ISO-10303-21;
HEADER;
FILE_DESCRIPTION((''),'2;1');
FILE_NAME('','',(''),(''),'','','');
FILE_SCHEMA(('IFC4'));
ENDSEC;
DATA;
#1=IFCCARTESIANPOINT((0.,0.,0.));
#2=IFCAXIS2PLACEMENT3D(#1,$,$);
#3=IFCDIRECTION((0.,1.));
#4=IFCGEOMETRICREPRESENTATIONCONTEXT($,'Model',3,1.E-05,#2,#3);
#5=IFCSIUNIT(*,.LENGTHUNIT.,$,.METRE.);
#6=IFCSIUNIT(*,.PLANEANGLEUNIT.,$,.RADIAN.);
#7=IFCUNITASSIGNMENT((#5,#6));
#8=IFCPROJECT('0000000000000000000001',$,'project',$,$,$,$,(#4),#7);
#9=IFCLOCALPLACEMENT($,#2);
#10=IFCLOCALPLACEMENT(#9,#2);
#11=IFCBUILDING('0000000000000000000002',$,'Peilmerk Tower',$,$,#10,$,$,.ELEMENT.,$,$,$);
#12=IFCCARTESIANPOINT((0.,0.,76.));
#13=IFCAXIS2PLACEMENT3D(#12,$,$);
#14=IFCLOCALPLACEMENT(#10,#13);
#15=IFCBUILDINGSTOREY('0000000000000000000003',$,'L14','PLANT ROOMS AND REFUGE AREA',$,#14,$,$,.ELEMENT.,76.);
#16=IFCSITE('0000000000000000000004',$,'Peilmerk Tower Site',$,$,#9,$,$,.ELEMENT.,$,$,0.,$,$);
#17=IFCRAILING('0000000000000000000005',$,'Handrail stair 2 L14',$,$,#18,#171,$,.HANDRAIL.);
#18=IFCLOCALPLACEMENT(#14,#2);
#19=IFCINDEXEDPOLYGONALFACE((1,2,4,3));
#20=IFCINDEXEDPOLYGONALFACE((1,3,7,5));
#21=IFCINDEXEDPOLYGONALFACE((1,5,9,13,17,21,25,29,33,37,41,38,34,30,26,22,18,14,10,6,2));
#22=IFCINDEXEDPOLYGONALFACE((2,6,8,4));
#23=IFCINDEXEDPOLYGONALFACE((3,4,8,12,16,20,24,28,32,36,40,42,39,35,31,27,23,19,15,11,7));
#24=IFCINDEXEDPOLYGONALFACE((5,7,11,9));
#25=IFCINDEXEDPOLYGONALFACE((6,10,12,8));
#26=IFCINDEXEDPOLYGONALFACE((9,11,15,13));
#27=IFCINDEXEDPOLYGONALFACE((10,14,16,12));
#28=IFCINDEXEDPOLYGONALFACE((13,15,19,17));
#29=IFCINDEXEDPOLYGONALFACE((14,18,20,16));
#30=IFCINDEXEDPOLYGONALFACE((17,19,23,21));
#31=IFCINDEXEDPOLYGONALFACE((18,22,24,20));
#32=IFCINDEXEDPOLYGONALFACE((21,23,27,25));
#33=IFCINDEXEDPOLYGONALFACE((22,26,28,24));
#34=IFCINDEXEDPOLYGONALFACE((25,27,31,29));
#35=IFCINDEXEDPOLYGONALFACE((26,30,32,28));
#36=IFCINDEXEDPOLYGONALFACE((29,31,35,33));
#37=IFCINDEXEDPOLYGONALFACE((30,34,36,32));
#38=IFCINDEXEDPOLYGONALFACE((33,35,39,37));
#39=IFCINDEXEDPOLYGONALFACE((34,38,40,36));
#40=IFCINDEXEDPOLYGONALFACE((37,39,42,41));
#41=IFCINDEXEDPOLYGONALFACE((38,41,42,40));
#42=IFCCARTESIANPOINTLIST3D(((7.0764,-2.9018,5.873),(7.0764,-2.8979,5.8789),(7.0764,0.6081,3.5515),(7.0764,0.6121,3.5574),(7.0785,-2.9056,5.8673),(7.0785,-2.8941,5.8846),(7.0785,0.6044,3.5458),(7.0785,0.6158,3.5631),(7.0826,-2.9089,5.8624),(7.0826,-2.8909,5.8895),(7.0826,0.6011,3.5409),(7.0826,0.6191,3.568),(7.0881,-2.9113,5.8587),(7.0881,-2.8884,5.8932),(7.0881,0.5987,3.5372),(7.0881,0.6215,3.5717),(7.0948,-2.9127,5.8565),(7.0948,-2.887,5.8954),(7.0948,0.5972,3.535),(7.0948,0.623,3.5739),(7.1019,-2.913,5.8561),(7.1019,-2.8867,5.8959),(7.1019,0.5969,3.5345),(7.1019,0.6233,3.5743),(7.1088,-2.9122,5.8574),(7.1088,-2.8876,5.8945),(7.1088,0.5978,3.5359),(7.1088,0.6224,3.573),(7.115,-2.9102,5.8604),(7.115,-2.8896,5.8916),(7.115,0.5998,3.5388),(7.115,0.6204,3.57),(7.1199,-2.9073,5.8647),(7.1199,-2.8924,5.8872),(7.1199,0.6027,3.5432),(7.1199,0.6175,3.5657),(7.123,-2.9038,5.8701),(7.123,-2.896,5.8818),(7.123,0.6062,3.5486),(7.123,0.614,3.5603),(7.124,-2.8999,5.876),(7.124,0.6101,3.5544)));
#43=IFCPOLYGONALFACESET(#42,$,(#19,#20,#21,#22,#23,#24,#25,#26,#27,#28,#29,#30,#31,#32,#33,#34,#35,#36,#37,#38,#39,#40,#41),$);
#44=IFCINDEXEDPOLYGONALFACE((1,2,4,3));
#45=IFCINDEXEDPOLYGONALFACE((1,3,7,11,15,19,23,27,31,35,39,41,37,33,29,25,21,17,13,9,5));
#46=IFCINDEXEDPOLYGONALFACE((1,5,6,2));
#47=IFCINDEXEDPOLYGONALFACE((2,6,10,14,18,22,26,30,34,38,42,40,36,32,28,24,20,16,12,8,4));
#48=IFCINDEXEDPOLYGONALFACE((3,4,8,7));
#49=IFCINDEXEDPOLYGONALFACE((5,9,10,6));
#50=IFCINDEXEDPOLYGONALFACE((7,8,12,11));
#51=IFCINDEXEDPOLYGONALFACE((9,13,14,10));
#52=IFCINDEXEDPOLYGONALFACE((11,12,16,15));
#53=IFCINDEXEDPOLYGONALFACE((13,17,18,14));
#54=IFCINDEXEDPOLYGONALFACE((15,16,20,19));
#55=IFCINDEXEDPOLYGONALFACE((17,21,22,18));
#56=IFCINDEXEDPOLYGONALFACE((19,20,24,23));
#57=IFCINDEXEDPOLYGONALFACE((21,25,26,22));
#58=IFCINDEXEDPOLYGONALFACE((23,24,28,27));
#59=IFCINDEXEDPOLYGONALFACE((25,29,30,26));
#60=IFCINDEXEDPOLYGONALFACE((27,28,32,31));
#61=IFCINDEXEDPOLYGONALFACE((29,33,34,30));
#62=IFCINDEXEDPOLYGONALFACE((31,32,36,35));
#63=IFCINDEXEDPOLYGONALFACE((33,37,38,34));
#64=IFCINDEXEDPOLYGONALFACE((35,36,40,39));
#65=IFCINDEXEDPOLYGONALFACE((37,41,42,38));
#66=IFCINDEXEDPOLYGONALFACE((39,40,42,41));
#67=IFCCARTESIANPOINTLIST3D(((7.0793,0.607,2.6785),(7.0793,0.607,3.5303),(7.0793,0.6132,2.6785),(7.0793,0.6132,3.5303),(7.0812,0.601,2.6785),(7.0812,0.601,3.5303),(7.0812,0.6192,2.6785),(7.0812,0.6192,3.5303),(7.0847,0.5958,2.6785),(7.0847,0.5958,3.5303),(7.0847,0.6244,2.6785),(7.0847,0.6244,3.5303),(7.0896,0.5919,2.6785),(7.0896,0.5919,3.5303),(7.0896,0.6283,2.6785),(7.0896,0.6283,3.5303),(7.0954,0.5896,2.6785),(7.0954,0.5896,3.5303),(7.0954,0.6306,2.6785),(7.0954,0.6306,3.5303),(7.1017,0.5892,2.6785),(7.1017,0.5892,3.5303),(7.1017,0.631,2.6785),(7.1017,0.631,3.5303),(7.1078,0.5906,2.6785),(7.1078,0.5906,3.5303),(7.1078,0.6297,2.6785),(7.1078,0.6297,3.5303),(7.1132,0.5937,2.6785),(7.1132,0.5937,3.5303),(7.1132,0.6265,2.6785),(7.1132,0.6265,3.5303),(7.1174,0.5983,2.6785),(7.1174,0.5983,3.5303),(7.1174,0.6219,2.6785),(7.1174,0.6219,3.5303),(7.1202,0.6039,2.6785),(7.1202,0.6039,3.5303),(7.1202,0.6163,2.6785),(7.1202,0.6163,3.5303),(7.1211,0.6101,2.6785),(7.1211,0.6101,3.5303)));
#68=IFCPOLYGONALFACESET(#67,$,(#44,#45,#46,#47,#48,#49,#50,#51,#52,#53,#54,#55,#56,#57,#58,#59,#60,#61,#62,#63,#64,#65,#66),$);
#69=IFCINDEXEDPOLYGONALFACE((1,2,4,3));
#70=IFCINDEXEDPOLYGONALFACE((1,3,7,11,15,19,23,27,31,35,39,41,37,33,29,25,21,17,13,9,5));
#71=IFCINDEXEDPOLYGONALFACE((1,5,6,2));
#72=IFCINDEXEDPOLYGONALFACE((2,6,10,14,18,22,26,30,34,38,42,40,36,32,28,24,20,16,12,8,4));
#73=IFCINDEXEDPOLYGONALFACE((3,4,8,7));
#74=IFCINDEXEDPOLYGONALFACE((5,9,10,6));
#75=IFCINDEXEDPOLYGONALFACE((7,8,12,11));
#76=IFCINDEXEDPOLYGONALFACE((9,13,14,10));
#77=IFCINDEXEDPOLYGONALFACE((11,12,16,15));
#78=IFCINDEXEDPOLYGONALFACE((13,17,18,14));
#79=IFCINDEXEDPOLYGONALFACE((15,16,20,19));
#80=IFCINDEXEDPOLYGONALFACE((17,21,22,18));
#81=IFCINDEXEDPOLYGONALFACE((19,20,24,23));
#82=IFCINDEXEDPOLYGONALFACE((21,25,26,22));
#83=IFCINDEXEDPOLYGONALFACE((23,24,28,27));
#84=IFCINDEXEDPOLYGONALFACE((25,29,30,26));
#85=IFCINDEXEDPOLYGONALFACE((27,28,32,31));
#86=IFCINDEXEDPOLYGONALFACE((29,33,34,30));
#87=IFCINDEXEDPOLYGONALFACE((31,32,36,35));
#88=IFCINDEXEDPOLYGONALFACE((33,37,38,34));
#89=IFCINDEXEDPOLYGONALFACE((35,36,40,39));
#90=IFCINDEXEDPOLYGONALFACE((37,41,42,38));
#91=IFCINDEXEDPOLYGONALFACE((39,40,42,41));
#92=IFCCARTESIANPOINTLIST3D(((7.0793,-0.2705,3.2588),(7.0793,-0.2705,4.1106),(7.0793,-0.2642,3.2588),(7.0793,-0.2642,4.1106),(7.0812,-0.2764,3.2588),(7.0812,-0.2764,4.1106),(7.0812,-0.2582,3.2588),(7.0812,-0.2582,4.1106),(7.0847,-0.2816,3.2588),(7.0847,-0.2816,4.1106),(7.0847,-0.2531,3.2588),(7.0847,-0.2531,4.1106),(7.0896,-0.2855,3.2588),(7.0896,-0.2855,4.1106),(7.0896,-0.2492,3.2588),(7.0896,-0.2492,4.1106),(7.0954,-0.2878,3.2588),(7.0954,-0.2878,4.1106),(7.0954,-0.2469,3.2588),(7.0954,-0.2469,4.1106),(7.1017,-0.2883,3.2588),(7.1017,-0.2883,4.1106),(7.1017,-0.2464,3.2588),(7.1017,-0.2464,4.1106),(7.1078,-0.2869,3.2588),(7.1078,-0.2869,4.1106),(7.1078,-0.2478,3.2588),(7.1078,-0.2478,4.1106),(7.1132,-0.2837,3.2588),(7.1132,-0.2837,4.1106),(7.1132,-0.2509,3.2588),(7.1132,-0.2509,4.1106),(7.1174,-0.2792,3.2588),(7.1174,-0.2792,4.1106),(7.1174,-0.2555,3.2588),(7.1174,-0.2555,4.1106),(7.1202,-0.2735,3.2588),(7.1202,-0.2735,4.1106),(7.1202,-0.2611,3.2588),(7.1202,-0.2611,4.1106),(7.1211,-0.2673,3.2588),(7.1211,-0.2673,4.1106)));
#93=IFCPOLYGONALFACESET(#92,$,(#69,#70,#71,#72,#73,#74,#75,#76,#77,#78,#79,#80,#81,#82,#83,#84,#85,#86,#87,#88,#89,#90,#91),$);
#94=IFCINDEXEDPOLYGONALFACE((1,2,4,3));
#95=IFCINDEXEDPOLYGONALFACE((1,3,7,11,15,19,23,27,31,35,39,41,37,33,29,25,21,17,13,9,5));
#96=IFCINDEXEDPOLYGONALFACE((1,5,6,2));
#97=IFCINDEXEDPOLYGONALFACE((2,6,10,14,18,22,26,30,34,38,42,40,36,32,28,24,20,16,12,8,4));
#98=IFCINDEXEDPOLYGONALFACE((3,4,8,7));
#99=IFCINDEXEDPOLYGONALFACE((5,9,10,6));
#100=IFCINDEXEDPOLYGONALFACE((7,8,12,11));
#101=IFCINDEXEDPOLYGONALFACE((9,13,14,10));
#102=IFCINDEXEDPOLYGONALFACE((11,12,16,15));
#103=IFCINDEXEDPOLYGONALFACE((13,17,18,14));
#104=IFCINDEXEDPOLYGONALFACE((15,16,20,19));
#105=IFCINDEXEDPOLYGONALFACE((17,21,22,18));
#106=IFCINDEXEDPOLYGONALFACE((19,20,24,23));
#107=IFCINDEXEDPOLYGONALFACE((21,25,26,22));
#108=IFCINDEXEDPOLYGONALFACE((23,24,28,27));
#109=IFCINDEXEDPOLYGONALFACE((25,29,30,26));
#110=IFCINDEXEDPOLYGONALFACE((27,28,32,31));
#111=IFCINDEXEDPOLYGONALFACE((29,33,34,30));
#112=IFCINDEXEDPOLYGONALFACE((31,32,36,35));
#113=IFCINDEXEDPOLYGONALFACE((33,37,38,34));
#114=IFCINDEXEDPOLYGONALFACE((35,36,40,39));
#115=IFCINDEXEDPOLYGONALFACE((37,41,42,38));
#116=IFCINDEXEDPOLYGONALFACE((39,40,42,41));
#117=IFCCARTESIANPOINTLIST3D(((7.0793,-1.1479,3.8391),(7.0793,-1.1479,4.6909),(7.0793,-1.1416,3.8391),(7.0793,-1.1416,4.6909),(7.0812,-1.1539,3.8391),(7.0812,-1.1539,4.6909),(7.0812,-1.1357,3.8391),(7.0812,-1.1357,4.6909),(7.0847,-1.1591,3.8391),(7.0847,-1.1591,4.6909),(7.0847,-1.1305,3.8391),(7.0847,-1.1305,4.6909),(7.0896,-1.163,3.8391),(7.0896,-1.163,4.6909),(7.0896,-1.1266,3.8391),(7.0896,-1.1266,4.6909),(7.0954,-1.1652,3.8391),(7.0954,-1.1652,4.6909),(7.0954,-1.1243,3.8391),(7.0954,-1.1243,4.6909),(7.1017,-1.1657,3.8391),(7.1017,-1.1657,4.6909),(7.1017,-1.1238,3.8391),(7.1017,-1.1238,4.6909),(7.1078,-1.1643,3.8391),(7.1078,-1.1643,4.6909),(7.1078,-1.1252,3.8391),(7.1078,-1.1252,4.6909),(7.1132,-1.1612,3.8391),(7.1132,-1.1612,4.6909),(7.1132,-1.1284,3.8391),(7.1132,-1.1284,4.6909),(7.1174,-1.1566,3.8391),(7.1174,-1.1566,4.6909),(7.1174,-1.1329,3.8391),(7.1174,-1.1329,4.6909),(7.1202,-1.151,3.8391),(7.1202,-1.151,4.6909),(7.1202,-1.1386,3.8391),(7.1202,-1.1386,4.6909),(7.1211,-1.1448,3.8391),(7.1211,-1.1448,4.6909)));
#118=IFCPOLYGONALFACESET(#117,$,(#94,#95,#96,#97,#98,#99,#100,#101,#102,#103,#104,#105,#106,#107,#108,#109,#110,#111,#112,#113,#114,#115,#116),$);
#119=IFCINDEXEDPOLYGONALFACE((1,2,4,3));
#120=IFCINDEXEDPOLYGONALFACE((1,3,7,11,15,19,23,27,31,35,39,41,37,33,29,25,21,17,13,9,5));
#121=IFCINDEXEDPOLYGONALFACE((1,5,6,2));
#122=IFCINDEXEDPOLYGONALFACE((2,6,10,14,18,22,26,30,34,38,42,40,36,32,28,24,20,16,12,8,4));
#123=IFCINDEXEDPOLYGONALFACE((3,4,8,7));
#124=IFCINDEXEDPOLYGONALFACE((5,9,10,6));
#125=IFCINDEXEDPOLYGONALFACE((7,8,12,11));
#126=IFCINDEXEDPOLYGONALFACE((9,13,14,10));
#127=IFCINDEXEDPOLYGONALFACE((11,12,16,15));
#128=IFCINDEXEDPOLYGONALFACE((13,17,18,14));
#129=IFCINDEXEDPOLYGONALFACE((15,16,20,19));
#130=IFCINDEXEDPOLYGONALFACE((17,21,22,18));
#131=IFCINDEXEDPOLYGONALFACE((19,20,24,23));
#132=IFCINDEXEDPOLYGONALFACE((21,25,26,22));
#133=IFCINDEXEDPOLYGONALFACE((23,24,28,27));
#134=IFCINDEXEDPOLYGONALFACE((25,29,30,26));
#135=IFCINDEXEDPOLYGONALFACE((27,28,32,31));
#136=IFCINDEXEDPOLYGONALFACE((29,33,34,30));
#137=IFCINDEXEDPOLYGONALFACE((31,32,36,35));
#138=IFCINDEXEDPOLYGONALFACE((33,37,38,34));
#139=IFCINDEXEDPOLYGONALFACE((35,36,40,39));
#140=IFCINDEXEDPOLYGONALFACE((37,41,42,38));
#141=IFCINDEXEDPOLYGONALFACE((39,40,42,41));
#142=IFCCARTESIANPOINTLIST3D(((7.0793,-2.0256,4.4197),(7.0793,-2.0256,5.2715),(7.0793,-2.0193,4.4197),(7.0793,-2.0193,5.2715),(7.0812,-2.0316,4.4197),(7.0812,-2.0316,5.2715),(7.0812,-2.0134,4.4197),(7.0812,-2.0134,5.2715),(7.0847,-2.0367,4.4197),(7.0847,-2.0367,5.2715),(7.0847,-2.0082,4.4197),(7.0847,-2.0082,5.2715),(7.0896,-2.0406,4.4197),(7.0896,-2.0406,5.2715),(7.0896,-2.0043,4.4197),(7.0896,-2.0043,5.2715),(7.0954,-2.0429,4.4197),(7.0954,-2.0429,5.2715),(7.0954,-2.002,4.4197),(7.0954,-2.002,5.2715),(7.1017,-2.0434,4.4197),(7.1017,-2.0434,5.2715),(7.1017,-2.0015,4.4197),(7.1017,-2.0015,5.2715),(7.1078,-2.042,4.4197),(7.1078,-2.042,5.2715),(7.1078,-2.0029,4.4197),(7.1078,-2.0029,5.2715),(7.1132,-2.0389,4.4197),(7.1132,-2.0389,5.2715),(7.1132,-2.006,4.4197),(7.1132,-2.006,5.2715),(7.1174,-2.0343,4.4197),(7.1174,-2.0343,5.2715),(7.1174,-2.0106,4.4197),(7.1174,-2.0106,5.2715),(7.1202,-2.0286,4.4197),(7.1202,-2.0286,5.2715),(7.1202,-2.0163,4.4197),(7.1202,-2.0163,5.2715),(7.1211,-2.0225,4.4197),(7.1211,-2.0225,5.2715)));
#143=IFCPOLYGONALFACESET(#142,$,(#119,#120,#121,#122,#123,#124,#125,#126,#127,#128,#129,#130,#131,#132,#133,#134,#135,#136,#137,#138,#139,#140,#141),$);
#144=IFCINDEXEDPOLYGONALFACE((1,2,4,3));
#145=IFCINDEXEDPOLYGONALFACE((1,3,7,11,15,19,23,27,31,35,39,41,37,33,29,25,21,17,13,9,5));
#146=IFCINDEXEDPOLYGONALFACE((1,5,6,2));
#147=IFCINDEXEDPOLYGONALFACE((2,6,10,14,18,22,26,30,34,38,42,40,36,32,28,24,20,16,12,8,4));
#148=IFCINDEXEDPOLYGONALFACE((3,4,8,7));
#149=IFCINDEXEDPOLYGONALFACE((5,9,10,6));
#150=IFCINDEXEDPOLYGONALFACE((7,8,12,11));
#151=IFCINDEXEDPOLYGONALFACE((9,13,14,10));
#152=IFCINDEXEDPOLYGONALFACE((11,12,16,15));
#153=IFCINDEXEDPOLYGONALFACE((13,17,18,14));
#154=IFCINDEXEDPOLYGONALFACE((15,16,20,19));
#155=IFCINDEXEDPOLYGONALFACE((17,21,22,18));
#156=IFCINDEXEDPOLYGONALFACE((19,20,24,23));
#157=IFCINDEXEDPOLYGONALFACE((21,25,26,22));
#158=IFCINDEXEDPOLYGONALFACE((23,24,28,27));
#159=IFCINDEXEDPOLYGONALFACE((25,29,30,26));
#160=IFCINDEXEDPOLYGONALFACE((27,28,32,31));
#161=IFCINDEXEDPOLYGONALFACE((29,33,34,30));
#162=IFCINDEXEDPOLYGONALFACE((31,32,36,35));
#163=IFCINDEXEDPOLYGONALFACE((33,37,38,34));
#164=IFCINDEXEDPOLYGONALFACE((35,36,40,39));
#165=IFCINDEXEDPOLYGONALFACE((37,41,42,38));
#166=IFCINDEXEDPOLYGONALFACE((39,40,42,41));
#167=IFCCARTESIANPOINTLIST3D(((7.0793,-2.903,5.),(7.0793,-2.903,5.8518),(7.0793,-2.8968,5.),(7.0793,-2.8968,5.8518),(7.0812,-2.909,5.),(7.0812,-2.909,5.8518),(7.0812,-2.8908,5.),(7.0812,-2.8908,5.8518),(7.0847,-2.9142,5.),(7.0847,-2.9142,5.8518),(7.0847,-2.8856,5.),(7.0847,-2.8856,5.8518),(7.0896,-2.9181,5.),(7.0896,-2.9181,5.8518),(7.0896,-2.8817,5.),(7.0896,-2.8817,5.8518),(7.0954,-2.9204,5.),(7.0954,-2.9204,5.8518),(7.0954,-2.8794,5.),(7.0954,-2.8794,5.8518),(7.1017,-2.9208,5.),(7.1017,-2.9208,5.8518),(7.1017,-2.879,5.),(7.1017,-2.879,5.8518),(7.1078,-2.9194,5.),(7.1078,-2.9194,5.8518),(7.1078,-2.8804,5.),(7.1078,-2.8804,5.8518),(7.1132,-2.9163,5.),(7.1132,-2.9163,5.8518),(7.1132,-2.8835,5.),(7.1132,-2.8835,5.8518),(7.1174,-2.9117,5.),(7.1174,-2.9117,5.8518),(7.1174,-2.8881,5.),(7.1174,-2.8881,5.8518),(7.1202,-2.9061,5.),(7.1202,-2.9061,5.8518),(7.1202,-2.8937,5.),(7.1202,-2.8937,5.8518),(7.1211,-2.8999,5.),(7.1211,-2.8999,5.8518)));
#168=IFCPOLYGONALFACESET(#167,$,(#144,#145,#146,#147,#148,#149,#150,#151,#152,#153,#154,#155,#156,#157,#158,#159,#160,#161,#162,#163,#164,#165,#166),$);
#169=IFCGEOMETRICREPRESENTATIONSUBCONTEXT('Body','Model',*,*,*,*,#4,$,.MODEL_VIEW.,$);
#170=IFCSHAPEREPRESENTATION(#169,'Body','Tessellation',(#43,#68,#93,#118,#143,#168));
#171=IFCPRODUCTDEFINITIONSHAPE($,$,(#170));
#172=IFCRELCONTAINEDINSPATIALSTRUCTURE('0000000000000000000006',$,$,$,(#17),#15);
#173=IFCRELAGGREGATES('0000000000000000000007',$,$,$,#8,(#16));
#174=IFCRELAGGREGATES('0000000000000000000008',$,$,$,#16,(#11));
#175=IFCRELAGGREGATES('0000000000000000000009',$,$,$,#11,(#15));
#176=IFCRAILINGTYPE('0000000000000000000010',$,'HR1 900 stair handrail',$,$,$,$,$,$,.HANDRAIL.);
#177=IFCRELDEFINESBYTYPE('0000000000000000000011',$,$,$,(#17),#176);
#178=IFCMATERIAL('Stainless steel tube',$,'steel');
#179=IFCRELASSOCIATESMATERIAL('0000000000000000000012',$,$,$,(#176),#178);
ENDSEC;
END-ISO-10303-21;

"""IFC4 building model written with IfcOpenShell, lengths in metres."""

from ifc_helpers import new_model, si_unit, direction, frame, origin, origin_2d, place, context, subcontext, project, spatial, circle, extrude, material, type_object, element, save


model = new_model("IFC4")

# Units and contexts
model_context = context("Model", 3, precision=1e-05, world=origin(), true_north=direction((0.0, 1.0)))
body_context = subcontext(model_context, "Body", "Model", "MODEL_VIEW")
ifc_project = project(units=[si_unit("LENGTHUNIT", "METRE"), si_unit("PLANEANGLEUNIT", "RADIAN")], contexts=[model_context])

# Site, building, storey
site_placement = place(None, origin())
site = spatial("IfcSite", under=ifc_project, at=site_placement, Name="Peilmerk Tower Site", CompositionType="ELEMENT", RefElevation=0.0)
building_placement = place(site_placement, origin())
building = spatial("IfcBuilding", under=site, at=building_placement, Name="Peilmerk Tower", CompositionType="ELEMENT")
storey_placement = place(building_placement, frame((0.0, 0.0, 76.0)))
storey = spatial("IfcBuildingStorey", under=building, at=storey_placement, Name="L14", Description="PLANT ROOMS AND REFUGE AREA", CompositionType="ELEMENT", Elevation=76.0)

# Railing
ifc_material_1 = material(Name="Stainless steel tube", Category="steel")
railing_type_1 = type_object("IfcRailingType", Name="HR1 900 stair handrail", PredefinedType="HANDRAIL", material=ifc_material_1)
railing_1_placement = place(storey_placement, frame((7.1001, 0.6101, 2.6785)))
element("IfcRailing", 1, at=railing_1_placement, inside=storey, type_object=railing_type_1, Name="Handrail stair 2 L14", PredefinedType="HANDRAIL", context=body_context, shape_type="SweptSolid", body=[
    extrude(circle(Radius=0.0239, at=origin_2d()), frame((0.0, 0.0, 0.876), z_axis=(0.0, -0.834071, 0.551657), x_axis=(1.0, 0.0, 0.0)), (0.0, 0.0, 1.0), 4.2083),
    extrude(circle(Radius=0.021, at=origin_2d()), origin(), (0.0, 0.0, 1.0), 0.8518),
    extrude(circle(Radius=0.021, at=origin_2d()), frame((0.0, -0.8774, 0.5803)), (0.0, 0.0, 1.0), 0.8518),
    extrude(circle(Radius=0.021, at=origin_2d()), frame((0.0, -1.7549, 1.1606)), (0.0, 0.0, 1.0), 0.8518),
    extrude(circle(Radius=0.021, at=origin_2d()), frame((0.0, -2.6326, 1.7412)), (0.0, 0.0, 1.0), 0.8518),
    extrude(circle(Radius=0.021, at=origin_2d()), frame((0.0, -3.51, 2.3215)), (0.0, 0.0, 1.0), 0.8518),
])

save(model, "model.ifc")
